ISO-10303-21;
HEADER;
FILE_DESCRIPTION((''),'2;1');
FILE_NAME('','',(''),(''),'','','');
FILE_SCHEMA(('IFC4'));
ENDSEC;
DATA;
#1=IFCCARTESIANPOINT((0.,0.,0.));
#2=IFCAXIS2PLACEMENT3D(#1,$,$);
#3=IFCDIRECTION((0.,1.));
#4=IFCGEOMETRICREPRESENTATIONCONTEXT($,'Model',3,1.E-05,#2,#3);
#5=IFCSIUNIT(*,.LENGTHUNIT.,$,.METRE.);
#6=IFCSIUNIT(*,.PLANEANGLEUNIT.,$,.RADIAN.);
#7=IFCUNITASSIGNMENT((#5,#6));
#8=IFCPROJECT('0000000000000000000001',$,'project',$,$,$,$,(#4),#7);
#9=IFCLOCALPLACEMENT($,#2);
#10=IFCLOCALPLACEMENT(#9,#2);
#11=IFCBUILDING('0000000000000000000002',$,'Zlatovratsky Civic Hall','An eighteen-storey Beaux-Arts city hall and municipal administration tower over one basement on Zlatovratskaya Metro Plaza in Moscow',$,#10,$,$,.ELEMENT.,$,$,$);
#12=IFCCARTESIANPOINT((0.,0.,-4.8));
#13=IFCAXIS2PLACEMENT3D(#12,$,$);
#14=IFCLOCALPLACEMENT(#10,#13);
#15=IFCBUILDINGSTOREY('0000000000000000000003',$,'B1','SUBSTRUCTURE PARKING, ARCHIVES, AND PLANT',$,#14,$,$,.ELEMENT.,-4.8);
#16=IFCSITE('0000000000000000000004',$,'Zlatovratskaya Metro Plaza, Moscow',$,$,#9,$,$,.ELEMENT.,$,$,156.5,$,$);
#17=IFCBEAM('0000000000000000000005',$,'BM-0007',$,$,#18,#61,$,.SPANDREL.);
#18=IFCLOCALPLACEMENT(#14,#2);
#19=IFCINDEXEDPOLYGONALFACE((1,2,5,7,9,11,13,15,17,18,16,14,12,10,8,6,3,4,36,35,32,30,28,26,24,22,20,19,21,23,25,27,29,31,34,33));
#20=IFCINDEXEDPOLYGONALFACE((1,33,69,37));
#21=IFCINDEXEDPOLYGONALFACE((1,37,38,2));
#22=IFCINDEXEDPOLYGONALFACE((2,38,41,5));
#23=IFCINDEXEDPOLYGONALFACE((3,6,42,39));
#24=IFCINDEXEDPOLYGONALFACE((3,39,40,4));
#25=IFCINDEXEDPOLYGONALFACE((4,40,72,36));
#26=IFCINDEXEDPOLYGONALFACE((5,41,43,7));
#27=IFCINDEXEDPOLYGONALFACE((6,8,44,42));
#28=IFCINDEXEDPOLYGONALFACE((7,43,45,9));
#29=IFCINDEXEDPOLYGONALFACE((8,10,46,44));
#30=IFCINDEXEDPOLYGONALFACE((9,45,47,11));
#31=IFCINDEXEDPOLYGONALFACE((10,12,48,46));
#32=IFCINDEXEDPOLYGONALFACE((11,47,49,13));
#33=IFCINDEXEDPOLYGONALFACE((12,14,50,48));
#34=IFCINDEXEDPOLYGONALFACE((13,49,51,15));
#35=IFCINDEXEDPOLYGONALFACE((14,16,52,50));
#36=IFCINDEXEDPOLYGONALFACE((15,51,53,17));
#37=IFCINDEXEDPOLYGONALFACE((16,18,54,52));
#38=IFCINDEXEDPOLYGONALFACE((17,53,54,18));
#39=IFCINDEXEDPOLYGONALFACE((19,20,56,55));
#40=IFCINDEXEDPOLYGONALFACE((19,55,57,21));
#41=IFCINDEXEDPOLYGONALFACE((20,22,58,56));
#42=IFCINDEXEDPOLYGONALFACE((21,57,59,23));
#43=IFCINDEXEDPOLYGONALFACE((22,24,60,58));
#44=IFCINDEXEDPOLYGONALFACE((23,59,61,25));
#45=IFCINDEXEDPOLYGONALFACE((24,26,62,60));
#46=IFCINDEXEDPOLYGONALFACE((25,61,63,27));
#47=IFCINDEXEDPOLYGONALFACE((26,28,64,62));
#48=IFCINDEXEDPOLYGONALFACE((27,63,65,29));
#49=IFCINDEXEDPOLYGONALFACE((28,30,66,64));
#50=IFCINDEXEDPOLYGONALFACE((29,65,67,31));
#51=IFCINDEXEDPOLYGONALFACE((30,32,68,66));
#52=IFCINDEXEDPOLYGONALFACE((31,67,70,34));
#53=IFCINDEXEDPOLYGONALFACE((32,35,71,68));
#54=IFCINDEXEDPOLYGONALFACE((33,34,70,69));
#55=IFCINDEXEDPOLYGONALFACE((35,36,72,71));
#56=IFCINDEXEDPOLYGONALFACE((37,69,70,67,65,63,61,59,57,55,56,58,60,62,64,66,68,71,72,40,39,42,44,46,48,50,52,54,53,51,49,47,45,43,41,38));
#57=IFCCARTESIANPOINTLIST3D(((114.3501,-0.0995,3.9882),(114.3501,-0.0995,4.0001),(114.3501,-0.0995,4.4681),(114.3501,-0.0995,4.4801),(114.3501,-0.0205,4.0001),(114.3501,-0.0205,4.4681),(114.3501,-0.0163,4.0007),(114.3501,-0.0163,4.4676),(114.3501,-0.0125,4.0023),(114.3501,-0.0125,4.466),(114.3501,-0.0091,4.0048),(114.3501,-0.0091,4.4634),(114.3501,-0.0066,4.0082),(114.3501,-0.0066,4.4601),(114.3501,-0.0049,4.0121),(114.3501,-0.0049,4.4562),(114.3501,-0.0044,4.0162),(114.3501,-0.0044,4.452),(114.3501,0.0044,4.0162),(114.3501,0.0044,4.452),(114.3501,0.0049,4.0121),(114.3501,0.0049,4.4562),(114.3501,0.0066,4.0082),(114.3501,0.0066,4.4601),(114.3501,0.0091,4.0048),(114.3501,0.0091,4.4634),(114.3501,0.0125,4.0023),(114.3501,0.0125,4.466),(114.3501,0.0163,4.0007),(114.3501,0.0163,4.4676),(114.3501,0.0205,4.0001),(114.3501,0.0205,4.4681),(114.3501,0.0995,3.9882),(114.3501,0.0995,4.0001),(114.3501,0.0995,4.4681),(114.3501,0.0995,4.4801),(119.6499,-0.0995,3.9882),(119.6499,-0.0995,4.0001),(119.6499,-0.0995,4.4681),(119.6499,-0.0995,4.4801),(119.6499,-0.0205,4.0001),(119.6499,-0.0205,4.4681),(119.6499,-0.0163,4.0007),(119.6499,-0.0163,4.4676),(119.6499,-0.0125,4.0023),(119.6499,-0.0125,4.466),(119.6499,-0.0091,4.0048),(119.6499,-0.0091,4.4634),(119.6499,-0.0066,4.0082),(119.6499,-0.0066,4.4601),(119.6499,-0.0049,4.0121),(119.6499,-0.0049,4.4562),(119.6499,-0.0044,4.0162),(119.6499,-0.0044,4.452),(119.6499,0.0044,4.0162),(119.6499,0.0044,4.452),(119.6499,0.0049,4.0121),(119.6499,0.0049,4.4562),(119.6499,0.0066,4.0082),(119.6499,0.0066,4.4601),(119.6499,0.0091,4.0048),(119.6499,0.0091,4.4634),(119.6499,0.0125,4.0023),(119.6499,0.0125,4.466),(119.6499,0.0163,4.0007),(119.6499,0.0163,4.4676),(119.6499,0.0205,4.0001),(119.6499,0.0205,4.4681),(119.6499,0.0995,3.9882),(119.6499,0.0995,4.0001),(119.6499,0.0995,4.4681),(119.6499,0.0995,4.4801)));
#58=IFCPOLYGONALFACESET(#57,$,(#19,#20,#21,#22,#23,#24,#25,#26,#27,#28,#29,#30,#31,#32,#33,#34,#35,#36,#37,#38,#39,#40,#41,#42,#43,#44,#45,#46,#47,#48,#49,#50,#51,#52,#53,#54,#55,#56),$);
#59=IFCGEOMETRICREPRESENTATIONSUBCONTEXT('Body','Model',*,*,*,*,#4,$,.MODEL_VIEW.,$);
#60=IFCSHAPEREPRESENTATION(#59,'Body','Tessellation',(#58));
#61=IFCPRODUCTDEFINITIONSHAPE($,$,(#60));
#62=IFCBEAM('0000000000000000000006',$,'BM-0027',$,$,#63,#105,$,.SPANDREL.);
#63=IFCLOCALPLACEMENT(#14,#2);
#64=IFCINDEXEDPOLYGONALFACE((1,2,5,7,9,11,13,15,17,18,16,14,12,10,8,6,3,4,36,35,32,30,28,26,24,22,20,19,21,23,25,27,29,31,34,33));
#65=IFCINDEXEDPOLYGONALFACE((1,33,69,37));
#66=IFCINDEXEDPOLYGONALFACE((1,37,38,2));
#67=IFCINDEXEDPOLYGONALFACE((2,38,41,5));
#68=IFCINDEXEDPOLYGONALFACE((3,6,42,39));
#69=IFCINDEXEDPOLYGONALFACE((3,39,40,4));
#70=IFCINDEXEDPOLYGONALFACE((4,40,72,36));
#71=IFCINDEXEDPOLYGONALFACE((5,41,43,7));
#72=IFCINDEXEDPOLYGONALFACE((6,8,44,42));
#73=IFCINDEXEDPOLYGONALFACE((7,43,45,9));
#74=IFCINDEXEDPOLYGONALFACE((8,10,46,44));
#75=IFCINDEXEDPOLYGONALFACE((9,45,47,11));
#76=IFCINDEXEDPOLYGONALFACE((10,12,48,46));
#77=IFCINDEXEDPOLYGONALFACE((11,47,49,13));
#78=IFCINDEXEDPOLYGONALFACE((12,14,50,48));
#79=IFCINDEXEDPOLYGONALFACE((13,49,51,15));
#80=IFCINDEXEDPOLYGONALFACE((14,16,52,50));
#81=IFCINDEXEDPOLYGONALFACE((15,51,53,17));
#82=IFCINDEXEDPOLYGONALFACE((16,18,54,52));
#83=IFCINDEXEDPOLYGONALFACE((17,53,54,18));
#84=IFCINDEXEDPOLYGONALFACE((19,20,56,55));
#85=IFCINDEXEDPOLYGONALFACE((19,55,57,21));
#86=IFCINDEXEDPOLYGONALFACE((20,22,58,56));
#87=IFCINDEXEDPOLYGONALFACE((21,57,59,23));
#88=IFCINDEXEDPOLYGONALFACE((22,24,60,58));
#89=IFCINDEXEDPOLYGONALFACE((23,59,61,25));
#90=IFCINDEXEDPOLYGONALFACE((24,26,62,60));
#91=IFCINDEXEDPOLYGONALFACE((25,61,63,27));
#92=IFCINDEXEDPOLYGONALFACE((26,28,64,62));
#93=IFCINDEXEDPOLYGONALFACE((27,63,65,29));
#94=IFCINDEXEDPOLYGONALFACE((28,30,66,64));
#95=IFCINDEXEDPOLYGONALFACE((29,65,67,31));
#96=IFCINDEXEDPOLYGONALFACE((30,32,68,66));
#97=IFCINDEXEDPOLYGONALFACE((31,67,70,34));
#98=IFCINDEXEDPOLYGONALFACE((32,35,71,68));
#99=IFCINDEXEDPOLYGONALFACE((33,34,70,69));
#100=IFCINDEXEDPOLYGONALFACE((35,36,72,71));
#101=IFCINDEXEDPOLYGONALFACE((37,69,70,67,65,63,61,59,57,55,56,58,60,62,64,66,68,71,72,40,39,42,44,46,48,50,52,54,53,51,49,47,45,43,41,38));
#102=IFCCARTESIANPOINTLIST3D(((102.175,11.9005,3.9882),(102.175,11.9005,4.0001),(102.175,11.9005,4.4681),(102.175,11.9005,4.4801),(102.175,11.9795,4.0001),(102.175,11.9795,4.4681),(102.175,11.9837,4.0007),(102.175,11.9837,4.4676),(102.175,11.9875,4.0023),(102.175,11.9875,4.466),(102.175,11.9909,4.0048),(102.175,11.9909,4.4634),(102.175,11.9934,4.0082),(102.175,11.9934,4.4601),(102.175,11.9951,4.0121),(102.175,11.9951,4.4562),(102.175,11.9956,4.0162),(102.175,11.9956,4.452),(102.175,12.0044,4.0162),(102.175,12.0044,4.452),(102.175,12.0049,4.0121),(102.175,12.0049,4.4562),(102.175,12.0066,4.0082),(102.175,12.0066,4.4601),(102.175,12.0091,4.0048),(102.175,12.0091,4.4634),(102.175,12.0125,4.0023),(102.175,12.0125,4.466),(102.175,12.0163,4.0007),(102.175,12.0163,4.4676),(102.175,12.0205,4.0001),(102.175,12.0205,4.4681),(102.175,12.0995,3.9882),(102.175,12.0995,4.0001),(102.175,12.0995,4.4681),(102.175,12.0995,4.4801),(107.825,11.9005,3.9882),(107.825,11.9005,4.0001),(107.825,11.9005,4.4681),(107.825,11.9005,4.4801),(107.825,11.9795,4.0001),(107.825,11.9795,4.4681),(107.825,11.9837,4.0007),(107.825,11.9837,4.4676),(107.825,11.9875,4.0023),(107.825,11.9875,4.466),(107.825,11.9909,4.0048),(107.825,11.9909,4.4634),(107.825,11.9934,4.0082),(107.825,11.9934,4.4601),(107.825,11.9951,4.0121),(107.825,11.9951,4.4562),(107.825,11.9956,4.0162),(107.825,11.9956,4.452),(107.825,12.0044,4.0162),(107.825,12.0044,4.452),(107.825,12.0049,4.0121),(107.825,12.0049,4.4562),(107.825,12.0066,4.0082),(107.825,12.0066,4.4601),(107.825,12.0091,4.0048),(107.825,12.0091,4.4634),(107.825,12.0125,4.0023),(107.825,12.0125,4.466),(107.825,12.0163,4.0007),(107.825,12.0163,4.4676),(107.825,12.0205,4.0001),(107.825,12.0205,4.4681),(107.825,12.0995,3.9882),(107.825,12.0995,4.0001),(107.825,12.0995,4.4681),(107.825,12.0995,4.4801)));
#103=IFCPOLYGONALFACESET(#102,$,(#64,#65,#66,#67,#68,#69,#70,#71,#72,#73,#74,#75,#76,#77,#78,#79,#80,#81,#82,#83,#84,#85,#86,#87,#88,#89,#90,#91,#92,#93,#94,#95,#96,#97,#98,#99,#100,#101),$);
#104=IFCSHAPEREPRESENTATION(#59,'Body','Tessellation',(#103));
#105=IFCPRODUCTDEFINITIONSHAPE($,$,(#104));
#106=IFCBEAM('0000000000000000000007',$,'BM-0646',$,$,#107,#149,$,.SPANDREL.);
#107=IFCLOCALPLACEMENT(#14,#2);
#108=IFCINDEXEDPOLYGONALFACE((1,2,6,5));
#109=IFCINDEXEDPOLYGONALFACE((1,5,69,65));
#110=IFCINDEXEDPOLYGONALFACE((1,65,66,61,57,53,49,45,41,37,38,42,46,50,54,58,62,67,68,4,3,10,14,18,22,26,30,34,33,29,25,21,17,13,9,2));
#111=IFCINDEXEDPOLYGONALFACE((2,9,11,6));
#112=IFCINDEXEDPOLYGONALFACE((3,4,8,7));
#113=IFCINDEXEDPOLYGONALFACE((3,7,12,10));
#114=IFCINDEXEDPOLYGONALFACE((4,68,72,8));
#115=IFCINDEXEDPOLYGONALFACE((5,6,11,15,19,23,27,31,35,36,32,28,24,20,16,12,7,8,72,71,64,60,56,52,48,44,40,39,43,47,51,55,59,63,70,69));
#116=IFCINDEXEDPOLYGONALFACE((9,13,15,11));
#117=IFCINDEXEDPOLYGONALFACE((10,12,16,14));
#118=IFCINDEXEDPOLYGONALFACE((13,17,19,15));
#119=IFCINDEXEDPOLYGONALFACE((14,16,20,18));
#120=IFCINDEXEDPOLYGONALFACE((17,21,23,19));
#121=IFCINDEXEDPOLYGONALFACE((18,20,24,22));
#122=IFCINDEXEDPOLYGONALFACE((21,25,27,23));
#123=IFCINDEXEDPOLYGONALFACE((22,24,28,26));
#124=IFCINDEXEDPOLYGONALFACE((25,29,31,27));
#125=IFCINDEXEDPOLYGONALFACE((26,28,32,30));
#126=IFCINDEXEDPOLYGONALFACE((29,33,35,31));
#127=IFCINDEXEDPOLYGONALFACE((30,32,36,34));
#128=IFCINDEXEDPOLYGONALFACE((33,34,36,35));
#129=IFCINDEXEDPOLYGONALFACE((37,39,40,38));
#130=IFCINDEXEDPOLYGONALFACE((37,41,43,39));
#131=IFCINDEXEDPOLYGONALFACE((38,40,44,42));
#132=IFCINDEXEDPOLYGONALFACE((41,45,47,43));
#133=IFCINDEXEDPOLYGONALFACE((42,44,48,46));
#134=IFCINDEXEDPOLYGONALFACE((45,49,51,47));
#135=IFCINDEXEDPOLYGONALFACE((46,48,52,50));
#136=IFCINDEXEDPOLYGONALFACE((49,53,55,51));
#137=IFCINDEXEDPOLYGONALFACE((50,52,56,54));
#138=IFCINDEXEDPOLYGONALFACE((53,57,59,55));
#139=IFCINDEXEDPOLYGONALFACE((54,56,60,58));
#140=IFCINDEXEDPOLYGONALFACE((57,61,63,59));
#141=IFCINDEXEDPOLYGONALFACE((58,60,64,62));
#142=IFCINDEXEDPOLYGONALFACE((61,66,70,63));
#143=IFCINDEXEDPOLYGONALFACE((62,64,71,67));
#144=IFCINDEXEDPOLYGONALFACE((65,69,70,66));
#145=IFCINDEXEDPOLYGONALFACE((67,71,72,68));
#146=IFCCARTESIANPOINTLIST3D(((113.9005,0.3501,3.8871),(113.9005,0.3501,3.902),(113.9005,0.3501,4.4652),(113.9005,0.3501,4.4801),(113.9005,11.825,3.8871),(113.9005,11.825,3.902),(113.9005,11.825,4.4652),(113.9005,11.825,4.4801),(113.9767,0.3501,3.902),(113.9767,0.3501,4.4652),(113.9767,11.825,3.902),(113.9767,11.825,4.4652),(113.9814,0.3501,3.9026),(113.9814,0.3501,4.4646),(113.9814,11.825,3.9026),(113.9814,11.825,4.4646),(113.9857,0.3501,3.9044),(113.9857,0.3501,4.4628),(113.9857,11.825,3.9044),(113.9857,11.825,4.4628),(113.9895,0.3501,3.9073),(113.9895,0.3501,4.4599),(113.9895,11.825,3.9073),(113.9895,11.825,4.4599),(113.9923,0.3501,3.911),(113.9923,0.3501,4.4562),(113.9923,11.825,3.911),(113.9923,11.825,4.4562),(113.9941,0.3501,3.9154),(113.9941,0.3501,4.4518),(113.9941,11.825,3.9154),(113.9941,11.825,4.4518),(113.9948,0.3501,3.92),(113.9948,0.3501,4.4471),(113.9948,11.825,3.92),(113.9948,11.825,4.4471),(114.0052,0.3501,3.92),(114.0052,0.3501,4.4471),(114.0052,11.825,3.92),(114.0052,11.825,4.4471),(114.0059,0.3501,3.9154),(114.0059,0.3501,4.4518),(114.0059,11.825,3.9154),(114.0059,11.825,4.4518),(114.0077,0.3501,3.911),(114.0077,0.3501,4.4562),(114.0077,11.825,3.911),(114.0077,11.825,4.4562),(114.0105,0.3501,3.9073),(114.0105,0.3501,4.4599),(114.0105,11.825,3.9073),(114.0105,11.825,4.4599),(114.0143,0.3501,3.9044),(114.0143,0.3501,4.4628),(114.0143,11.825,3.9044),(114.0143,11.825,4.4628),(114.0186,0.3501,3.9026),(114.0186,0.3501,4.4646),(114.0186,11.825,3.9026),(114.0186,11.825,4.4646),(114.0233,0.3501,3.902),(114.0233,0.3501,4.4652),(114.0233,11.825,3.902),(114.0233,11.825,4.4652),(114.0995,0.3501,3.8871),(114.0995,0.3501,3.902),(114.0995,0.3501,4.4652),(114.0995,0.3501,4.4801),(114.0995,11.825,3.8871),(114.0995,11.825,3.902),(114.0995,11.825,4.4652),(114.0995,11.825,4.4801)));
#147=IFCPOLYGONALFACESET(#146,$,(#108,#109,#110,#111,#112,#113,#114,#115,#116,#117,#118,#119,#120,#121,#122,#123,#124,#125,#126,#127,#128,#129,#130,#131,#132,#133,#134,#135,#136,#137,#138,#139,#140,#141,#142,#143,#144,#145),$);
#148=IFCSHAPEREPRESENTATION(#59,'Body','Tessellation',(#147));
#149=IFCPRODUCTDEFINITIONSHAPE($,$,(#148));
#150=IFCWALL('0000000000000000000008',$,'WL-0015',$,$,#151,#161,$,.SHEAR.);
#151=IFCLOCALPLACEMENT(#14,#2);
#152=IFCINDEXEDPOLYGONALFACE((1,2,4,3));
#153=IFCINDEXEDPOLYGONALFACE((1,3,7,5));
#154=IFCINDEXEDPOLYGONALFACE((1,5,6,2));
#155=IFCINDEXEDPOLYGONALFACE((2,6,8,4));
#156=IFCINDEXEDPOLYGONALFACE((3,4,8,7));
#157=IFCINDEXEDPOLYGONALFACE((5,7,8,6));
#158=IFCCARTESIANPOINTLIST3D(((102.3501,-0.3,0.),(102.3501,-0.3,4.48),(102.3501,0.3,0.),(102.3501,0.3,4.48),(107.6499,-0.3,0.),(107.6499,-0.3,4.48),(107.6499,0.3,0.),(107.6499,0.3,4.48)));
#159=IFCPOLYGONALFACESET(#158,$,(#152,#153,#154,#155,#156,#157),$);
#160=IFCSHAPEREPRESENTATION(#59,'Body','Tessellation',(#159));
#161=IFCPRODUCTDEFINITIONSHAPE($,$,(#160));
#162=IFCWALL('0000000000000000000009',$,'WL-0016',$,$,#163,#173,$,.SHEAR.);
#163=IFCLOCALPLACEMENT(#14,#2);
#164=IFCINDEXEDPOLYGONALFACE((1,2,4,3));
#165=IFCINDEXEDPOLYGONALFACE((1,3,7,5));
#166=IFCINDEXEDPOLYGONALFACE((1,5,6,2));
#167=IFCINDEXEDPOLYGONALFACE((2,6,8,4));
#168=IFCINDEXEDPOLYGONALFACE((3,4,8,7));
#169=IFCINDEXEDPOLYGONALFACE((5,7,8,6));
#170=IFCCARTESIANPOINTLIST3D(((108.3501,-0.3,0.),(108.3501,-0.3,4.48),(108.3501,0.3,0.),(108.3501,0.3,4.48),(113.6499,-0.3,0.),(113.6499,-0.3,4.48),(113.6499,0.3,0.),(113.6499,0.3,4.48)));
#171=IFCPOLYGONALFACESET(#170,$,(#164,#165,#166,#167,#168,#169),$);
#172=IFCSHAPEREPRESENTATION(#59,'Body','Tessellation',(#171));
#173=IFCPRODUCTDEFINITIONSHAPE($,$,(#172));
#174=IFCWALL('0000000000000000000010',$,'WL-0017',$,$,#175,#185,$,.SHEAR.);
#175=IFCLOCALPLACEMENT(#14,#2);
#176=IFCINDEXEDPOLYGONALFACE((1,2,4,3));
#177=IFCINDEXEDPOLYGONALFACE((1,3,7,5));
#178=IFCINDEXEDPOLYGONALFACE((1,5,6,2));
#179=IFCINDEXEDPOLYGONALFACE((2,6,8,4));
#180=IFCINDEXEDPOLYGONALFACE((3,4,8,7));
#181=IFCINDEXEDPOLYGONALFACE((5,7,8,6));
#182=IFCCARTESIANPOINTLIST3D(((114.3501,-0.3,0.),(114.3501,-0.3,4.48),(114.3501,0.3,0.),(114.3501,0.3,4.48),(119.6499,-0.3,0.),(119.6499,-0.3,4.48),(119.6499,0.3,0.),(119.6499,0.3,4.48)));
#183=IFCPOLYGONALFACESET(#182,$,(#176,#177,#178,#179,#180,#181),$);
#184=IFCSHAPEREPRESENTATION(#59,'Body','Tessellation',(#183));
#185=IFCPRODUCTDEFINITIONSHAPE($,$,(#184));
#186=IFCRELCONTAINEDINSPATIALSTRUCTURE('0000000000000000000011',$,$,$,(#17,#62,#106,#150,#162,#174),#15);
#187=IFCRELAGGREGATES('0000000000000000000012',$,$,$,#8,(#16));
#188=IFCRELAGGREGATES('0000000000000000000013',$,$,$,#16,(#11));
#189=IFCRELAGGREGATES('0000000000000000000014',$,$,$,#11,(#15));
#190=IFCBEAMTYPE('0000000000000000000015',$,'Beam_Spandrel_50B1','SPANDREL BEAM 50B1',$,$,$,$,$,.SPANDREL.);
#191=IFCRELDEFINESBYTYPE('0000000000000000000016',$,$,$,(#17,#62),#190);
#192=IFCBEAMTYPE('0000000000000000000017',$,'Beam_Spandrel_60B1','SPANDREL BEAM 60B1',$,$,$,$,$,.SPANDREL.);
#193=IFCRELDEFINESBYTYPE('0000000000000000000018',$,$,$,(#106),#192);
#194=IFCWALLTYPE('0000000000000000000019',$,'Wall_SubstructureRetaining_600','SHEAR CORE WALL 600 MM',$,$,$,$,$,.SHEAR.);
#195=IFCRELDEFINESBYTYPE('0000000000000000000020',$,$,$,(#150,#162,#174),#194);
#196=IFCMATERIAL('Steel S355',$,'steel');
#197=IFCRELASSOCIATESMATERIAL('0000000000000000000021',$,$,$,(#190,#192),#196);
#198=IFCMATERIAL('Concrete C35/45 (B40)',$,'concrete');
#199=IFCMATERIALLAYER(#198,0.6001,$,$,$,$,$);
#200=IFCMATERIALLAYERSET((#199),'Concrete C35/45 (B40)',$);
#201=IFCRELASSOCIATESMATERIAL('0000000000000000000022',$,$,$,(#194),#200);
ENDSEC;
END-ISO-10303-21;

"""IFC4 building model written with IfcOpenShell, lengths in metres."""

from ifc_helpers import new_model, si_unit, direction, frame, frame_2d, origin, origin_2d, place, context, subcontext, project, spatial, rectangle, i_section, extrude, material, layer, layer_set, material_profile, profile_set, type_object, element, save


model = new_model("IFC4")

# Units and contexts
model_context = context("Model", 3, precision=1e-05, world=origin(), true_north=direction((0.0, 1.0)))
body_context = subcontext(model_context, "Body", "Model", "MODEL_VIEW")
ifc_project = project(units=[si_unit("LENGTHUNIT", "METRE"), si_unit("PLANEANGLEUNIT", "RADIAN")], contexts=[model_context])

# Site, building, storey
site_placement = place(None, origin())
site = spatial("IfcSite", under=ifc_project, at=site_placement, Name="Zlatovratskaya Metro Plaza, Moscow", CompositionType="ELEMENT", RefElevation=156.5)
building_placement = place(site_placement, origin())
building = spatial("IfcBuilding", under=site, at=building_placement, Name="Zlatovratsky Civic Hall", Description="An eighteen-storey Beaux-Arts city hall and municipal administration tower over one basement on Zlatovratskaya Metro Plaza in Moscow", CompositionType="ELEMENT")
storey_placement = place(building_placement, frame((0.0, 0.0, -4.8)))
storey = spatial("IfcBuildingStorey", under=building, at=storey_placement, Name="B1", Description="SUBSTRUCTURE PARKING, ARCHIVES, AND PLANT", CompositionType="ELEMENT", Elevation=-4.8)

# Shared definitions
ifc_material_1 = material(Name="Concrete C35/45 (B40)", Category="concrete")
ifc_material_2 = material(Name="Steel S355", Category="steel")

# Beams
ifc_material_profile_1 = material_profile(ifc_material_2, i_section(OverallWidth=0.199, OverallDepth=0.4919, WebThickness=0.0088, FlangeThickness=0.012, FilletRadius=0.0161, at=origin_2d()), Name="50B1")
ifc_profile_set_1 = profile_set([ifc_material_profile_1], Name="Steel S355")
beam_type_1 = type_object("IfcBeamType", Name="Beam_Spandrel_50B1", Description="SPANDREL BEAM 50B1", PredefinedType="SPANDREL", material=ifc_profile_set_1)
beam_1_placement = place(storey_placement, frame((114.3501, 0.0, 4.2341), z_axis=(1.0, 0.0, 0.0), x_axis=(0.0, 1.0, 0.0)))
element("IfcBeam", 1, at=beam_1_placement, inside=storey, type_object=beam_type_1, Name="BM-0007", PredefinedType="SPANDREL", context=body_context, shape_type="SweptSolid", body=[
    extrude(i_section(OverallWidth=0.199, OverallDepth=0.4919, WebThickness=0.0088, FlangeThickness=0.012, FilletRadius=0.0161, at=origin_2d()), origin(), (0.0, 0.0, 1.0), 5.2998),
])
beam_2_placement = place(storey_placement, frame((102.175, 12.0, 4.2341), z_axis=(1.0, 0.0, 0.0), x_axis=(0.0, 1.0, 0.0)))
element("IfcBeam", 2, at=beam_2_placement, inside=storey, type_object=beam_type_1, Name="BM-0027", PredefinedType="SPANDREL", context=body_context, shape_type="SweptSolid", body=[
    extrude(i_section(OverallWidth=0.199, OverallDepth=0.4919, WebThickness=0.0088, FlangeThickness=0.012, FilletRadius=0.0161, at=origin_2d()), origin(), (0.0, 0.0, 1.0), 5.6499),
])
ifc_material_profile_2 = material_profile(ifc_material_2, i_section(OverallWidth=0.199, OverallDepth=0.593, WebThickness=0.0105, FlangeThickness=0.0149, FilletRadius=0.0181, at=origin_2d()), Name="60B1")
ifc_profile_set_2 = profile_set([ifc_material_profile_2], Name="Steel S355")
beam_type_2 = type_object("IfcBeamType", Name="Beam_Spandrel_60B1", Description="SPANDREL BEAM 60B1", PredefinedType="SPANDREL", material=ifc_profile_set_2)
beam_3_placement = place(storey_placement, frame((114.0, 0.3501, 4.1836), z_axis=(0.0, 1.0, 0.0), x_axis=(-1.0, 0.0, 0.0)))
element("IfcBeam", 3, at=beam_3_placement, inside=storey, type_object=beam_type_2, Name="BM-0646", PredefinedType="SPANDREL", context=body_context, shape_type="SweptSolid", body=[
    extrude(i_section(OverallWidth=0.199, OverallDepth=0.593, WebThickness=0.0105, FlangeThickness=0.0149, FilletRadius=0.0181, at=origin_2d()), origin(), (0.0, 0.0, 1.0), 11.4749),
])

# Walls
ifc_layer = layer(ifc_material_1, 0.6001)
ifc_layer_set = layer_set([ifc_layer], Name="Concrete C35/45 (B40)")
wall_type = type_object("IfcWallType", Name="Wall_SubstructureRetaining_600", Description="SHEAR CORE WALL 600 MM", PredefinedType="SHEAR", material=ifc_layer_set)
for number, where, z_axis, x_axis, name in (
    (4, (102.3501, 0.0, 0.0), (0.0, 0.0, 1.0), (1.0, 0.0, 0.0), "WL-0015"),
    (5, (108.3501, 0.0, 0.0), (0.0, 0.0, 1.0), (1.0, 0.0, 0.0), "WL-0016"),
    (6, (114.3501, 0.0, 0.0), (0.0, 0.0, 1.0), (1.0, 0.0, 0.0), "WL-0017"),
):
    element("IfcWall", number, at=place(storey_placement, frame(where, z_axis=z_axis, x_axis=x_axis)), inside=storey, type_object=wall_type, Name=name, PredefinedType="SHEAR", context=body_context, shape_type="SweptSolid", body=[
        extrude(rectangle(XDim=5.2998, YDim=0.6001, at=frame_2d((2.6499, 0.0))), origin(), (0.0, 0.0, 1.0), 4.48),
    ])

save(model, "model.ifc")
